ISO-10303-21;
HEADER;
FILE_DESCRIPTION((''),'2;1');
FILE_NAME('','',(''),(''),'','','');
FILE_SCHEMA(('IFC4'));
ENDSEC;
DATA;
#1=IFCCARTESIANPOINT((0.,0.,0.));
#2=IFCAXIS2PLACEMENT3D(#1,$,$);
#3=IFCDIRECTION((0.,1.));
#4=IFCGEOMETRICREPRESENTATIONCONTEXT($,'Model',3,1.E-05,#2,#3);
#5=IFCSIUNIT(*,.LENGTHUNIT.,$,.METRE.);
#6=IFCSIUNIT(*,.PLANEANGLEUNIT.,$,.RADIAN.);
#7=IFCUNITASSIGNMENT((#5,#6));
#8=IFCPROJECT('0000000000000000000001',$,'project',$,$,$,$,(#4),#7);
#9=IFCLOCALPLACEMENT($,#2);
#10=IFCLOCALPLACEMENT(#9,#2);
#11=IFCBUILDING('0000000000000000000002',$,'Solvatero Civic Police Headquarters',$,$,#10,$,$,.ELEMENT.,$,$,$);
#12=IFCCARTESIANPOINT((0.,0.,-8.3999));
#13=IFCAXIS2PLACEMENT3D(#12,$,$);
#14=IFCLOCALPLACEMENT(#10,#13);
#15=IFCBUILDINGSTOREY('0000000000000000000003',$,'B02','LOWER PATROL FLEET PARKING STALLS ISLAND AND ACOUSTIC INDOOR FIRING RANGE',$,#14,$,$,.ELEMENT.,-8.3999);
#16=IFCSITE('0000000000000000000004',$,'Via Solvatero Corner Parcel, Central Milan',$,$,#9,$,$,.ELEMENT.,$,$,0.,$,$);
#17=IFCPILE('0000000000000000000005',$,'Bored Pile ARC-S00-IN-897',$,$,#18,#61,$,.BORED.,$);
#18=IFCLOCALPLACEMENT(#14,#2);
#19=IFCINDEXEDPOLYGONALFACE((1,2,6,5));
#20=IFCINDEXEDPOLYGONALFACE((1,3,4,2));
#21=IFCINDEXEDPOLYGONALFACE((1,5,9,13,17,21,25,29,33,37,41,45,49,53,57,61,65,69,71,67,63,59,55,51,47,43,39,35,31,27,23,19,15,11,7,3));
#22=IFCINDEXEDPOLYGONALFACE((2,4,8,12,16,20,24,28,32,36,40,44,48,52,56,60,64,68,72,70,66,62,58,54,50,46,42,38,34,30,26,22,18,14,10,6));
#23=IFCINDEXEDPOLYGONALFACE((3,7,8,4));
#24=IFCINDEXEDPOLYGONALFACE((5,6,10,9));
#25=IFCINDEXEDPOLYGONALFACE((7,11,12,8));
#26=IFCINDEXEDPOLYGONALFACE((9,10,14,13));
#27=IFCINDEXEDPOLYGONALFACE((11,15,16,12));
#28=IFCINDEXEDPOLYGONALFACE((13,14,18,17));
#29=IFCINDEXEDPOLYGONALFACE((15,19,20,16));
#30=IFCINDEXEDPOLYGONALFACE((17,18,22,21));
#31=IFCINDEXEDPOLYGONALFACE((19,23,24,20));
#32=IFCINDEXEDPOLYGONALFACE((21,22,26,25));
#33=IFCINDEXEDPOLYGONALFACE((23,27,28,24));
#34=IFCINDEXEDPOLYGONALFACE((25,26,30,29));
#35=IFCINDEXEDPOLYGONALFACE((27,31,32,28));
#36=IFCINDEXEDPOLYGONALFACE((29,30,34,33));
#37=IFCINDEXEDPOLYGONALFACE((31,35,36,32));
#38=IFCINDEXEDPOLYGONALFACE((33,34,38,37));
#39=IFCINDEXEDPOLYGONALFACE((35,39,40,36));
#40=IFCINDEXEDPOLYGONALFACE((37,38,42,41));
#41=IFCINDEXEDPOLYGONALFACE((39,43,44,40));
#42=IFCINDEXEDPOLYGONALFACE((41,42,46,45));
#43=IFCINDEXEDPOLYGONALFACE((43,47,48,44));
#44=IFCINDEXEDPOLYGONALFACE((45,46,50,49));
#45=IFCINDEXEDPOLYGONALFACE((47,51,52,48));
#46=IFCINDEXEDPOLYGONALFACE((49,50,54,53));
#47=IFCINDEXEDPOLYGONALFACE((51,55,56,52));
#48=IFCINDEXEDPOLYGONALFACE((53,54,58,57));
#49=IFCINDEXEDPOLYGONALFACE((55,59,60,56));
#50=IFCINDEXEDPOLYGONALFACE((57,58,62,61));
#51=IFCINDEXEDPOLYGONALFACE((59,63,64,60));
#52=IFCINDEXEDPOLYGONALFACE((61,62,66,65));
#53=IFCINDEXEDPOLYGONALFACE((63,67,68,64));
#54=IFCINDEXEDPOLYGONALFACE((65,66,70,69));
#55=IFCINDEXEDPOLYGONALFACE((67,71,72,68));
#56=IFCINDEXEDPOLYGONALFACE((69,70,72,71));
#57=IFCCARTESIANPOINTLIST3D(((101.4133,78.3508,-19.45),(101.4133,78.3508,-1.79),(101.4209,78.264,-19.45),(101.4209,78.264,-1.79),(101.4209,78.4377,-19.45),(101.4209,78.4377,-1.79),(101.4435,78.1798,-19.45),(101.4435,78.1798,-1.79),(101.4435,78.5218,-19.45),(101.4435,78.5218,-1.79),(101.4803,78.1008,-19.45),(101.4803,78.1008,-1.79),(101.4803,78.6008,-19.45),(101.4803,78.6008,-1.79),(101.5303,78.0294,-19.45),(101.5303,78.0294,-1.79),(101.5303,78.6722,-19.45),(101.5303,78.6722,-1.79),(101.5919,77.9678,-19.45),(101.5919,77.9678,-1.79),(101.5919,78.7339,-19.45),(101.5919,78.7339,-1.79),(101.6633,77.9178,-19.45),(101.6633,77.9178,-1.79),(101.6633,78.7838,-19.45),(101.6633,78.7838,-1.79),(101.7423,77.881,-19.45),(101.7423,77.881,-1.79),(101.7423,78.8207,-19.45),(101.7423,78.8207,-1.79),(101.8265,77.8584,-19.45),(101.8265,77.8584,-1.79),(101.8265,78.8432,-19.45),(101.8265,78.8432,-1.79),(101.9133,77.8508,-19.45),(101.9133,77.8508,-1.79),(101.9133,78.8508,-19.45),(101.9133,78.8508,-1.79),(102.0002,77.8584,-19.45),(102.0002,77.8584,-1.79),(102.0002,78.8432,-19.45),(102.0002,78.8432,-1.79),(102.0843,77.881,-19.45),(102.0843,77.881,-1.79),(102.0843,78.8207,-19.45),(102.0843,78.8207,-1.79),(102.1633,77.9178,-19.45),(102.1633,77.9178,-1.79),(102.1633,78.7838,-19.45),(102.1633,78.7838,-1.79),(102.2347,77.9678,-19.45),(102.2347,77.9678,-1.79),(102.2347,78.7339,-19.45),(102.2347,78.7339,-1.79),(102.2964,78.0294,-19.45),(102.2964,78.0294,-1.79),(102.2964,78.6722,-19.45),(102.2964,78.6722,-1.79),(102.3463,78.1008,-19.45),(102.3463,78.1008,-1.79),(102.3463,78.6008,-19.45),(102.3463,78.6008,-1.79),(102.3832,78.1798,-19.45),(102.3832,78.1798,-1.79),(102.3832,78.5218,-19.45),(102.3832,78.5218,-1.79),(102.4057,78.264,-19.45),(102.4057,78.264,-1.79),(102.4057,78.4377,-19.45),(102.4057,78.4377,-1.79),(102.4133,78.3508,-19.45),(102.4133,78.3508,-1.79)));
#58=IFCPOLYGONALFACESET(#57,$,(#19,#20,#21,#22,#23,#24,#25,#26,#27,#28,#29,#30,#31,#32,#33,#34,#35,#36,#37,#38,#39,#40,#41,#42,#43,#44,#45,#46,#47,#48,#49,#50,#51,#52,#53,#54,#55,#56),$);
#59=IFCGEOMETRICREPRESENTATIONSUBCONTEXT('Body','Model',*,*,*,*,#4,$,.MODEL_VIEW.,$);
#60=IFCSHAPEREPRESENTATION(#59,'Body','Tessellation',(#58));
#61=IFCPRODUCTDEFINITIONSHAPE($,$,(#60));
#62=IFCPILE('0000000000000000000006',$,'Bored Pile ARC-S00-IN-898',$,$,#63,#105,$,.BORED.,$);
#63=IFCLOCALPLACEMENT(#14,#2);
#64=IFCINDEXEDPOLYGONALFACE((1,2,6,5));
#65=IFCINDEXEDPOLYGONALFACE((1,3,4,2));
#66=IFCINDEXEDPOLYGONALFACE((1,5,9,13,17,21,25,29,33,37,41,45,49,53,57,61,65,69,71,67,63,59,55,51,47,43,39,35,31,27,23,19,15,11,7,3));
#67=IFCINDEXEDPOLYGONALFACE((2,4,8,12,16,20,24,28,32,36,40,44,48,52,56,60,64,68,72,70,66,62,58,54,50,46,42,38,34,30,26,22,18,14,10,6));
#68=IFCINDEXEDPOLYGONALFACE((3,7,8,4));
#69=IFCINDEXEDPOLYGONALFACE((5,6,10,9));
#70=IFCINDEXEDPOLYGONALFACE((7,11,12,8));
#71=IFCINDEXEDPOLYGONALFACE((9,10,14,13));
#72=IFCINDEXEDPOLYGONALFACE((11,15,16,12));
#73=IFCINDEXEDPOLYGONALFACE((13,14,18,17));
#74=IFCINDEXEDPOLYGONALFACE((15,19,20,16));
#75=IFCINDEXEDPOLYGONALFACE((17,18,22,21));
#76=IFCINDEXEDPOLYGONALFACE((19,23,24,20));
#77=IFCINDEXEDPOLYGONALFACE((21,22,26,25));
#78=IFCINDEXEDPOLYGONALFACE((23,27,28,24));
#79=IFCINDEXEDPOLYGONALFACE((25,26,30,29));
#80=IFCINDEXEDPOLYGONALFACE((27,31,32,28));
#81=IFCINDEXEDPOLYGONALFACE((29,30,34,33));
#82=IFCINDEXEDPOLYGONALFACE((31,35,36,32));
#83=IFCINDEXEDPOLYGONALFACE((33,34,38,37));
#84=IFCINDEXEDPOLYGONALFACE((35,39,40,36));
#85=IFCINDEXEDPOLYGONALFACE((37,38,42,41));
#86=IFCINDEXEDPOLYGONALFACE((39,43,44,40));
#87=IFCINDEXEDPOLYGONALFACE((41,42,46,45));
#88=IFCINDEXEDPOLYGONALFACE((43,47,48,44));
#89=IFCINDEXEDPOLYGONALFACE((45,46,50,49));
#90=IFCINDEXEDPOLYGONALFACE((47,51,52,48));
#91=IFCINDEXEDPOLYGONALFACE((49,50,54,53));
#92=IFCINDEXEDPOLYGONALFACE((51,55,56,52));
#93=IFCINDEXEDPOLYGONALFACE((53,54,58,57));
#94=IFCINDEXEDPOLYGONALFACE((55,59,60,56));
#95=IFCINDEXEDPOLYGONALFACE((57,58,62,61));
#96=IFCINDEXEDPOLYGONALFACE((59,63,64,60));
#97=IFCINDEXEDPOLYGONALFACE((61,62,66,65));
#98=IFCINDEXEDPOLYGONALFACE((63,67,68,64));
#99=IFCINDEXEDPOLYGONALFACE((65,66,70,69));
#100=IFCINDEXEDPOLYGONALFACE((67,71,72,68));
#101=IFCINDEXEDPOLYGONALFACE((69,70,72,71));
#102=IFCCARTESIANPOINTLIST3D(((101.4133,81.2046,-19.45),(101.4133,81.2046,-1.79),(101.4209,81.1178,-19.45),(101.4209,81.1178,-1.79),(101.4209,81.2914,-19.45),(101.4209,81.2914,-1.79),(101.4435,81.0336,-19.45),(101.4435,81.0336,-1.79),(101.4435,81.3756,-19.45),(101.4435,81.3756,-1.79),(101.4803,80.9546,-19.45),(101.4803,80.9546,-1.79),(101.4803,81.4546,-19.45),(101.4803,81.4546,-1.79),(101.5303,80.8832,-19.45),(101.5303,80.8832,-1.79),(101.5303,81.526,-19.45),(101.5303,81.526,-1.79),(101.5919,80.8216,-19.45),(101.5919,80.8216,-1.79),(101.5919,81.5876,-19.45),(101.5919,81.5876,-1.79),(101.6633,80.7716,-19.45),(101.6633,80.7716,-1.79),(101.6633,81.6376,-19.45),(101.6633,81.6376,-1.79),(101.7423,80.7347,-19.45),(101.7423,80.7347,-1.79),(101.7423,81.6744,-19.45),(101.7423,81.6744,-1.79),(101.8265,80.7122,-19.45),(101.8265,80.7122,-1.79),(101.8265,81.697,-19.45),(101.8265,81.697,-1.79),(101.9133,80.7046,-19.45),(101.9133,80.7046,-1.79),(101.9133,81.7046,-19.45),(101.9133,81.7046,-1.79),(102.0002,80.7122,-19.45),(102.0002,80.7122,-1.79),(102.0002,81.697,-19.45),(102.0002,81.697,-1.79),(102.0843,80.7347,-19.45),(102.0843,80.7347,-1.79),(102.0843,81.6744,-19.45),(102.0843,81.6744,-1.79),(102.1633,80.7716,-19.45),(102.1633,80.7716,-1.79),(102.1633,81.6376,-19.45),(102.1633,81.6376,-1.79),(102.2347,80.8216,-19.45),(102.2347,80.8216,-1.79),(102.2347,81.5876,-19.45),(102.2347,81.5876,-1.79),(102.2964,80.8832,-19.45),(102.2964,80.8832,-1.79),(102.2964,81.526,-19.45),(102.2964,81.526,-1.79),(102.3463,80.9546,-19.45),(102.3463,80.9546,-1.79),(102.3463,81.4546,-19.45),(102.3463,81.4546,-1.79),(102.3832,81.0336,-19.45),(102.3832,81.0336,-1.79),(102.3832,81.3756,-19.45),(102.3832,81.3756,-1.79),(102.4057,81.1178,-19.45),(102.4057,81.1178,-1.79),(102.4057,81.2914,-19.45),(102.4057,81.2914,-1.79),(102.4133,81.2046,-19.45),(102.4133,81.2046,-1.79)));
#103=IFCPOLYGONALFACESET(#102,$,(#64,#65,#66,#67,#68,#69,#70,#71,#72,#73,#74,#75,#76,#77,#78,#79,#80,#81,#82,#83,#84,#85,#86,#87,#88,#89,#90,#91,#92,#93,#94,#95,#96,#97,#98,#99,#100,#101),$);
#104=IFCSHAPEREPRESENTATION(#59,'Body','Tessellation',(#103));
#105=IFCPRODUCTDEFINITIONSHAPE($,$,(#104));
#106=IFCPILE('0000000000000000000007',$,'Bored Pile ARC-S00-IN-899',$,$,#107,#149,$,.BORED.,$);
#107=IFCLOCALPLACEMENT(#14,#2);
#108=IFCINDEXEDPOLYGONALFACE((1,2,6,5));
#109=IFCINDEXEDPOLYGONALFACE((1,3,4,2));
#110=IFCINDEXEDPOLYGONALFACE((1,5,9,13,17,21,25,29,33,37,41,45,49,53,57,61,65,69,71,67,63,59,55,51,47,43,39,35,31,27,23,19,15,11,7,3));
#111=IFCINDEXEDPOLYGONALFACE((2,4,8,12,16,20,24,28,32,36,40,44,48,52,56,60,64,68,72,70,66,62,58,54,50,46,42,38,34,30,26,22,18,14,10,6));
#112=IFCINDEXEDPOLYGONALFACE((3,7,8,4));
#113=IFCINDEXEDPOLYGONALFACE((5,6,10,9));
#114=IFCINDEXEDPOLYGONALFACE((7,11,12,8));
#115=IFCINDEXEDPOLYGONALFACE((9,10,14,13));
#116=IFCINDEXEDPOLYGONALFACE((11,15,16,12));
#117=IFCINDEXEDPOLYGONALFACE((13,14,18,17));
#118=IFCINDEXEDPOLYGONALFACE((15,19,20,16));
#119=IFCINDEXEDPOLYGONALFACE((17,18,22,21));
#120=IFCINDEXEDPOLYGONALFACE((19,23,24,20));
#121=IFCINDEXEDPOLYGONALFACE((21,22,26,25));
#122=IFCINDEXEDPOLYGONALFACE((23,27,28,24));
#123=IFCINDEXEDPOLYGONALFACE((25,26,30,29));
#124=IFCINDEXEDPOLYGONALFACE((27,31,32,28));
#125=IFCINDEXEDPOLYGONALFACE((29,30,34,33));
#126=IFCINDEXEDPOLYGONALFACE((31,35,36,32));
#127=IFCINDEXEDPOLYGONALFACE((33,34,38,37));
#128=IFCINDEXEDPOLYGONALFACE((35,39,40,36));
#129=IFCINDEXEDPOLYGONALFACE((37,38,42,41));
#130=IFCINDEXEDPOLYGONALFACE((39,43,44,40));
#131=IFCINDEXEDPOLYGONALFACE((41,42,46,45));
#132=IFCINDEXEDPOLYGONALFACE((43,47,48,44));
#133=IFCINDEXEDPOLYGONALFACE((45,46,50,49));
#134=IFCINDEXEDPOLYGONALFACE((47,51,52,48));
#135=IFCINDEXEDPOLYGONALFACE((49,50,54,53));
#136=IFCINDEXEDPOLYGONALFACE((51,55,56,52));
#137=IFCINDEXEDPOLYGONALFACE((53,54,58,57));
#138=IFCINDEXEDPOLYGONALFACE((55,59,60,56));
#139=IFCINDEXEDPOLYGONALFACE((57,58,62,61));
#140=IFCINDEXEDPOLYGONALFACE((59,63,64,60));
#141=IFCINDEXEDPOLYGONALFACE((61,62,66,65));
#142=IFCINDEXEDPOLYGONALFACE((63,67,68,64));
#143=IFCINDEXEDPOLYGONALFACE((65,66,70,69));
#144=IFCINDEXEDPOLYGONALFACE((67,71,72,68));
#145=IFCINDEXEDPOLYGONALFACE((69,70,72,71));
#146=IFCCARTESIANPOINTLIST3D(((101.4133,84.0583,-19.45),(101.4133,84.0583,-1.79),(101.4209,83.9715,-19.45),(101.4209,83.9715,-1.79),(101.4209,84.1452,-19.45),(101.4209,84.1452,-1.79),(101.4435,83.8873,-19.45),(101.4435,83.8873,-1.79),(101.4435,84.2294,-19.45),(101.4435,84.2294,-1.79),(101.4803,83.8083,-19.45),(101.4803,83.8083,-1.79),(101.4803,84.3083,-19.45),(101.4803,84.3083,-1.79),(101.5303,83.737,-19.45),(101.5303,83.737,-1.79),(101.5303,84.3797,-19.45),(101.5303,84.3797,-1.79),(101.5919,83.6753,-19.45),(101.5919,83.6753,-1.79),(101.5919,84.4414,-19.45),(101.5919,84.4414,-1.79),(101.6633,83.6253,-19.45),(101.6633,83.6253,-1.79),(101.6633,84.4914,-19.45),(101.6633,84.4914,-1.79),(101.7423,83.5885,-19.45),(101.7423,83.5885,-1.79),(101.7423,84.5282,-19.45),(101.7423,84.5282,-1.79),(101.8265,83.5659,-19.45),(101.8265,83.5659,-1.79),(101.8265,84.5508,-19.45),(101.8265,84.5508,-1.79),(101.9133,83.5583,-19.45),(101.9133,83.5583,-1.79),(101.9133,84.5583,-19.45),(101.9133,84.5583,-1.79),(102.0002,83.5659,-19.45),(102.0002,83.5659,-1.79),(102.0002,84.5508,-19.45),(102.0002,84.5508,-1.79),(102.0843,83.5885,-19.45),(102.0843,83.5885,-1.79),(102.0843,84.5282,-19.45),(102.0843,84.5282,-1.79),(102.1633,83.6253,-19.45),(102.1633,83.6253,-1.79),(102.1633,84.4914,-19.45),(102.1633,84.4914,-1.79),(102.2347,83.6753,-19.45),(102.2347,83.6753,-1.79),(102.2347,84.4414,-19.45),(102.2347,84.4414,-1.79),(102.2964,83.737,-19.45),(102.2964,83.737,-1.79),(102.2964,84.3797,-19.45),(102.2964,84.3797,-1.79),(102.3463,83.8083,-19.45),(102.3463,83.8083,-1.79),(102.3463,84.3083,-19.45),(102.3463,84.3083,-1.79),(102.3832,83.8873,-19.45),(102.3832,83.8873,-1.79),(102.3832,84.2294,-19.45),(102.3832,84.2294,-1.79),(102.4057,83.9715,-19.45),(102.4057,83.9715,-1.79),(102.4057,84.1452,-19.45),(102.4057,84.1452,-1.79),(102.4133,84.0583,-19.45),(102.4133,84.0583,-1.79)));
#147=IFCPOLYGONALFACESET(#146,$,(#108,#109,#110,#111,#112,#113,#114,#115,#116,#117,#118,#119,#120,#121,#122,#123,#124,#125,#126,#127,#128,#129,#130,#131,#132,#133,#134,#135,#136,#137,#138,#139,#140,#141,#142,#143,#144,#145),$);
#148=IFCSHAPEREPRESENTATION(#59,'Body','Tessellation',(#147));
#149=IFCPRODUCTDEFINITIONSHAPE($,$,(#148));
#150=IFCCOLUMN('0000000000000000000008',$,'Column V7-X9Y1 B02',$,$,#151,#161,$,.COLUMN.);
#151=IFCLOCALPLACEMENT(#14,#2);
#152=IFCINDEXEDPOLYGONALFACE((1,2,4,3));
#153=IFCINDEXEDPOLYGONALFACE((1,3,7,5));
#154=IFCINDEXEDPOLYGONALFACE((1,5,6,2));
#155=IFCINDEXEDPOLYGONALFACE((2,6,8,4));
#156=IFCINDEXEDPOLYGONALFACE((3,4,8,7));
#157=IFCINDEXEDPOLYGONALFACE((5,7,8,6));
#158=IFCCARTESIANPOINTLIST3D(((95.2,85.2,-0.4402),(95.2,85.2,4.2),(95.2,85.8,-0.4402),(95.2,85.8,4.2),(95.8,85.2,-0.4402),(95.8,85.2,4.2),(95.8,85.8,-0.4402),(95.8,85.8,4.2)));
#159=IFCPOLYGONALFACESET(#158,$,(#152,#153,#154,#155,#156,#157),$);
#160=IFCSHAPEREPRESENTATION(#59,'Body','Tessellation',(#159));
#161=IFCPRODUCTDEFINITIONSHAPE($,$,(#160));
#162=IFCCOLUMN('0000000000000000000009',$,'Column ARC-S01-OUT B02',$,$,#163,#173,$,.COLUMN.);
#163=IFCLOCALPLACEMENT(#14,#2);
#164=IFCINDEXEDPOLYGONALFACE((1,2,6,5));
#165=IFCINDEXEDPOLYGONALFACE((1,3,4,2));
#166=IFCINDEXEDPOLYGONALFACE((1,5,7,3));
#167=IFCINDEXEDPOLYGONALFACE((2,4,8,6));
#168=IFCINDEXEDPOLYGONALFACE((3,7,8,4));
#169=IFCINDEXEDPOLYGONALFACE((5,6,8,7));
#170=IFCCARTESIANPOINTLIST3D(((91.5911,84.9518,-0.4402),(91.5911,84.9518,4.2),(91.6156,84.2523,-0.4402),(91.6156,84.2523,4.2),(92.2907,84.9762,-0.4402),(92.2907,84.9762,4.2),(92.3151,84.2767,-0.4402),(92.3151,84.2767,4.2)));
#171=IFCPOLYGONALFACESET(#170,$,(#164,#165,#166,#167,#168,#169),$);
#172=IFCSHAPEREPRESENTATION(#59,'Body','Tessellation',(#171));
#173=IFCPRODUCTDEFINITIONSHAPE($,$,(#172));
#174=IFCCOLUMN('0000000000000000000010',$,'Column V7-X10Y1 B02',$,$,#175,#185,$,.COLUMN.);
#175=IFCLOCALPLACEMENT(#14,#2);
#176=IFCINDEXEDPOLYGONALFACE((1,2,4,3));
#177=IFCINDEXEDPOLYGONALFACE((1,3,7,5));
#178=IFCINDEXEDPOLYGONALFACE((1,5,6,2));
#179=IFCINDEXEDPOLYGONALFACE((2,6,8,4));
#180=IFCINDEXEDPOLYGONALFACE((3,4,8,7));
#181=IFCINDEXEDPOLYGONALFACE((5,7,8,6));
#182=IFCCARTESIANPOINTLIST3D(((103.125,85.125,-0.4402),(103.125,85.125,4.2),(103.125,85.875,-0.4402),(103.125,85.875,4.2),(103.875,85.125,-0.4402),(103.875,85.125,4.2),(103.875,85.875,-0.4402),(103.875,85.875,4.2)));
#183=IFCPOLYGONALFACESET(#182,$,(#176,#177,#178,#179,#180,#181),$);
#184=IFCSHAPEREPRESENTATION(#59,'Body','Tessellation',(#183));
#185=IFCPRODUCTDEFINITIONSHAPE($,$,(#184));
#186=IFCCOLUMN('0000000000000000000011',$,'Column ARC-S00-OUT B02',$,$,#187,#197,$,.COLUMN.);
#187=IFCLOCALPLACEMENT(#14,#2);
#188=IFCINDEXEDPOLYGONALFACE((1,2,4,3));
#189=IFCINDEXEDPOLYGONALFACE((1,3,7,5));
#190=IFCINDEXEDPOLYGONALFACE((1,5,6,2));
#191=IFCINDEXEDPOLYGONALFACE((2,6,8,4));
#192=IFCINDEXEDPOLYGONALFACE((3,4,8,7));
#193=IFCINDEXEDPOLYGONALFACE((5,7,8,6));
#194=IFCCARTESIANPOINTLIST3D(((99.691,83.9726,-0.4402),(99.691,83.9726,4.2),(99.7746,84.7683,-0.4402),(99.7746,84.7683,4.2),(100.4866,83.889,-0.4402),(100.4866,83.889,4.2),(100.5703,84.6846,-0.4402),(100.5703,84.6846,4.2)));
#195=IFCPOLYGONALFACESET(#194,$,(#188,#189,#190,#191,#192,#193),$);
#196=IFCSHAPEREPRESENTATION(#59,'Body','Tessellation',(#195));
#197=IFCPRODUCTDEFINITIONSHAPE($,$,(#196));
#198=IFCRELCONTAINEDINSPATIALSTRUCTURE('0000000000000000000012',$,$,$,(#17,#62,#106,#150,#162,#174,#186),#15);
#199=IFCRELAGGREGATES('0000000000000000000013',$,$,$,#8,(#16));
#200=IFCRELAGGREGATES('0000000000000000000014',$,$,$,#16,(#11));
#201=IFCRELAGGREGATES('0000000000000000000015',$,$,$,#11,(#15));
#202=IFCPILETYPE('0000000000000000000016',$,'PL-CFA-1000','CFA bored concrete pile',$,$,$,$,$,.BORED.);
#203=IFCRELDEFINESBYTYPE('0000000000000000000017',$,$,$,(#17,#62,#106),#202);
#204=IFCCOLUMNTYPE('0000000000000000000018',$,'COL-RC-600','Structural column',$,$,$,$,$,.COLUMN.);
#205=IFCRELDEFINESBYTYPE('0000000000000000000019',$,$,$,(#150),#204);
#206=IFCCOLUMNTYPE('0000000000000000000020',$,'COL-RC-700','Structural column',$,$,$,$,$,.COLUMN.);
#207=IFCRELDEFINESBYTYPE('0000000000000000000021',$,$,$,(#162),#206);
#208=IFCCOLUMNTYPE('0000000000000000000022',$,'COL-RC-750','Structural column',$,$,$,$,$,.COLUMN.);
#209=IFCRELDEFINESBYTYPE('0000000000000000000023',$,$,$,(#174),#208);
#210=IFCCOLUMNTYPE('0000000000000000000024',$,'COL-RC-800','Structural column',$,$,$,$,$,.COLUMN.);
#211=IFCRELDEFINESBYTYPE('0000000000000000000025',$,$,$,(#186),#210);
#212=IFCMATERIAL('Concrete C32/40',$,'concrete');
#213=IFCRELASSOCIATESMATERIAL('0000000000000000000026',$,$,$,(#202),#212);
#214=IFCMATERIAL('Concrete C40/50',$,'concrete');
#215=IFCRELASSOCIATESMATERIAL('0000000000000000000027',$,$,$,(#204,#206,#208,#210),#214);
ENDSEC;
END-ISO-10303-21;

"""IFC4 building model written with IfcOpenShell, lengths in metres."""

from ifc_helpers import new_model, si_unit, direction, frame, origin, origin_2d, place, context, subcontext, project, spatial, rectangle, circle, extrude, material, material_profile, profile_set, type_object, element, save


model = new_model("IFC4")

# Units and contexts
model_context = context("Model", 3, precision=1e-05, world=origin(), true_north=direction((0.0, 1.0)))
body_context = subcontext(model_context, "Body", "Model", "MODEL_VIEW")
ifc_project = project(units=[si_unit("LENGTHUNIT", "METRE"), si_unit("PLANEANGLEUNIT", "RADIAN")], contexts=[model_context])

# Site, building, storey
site_placement = place(None, origin())
site = spatial("IfcSite", under=ifc_project, at=site_placement, Name="Via Solvatero Corner Parcel, Central Milan", CompositionType="ELEMENT", RefElevation=0.0)
building_placement = place(site_placement, origin())
building = spatial("IfcBuilding", under=site, at=building_placement, Name="Solvatero Civic Police Headquarters", CompositionType="ELEMENT")
storey_placement = place(building_placement, frame((0.0, 0.0, -8.3999)))
storey = spatial("IfcBuildingStorey", under=building, at=storey_placement, Name="B02", Description="LOWER PATROL FLEET PARKING STALLS ISLAND AND ACOUSTIC INDOOR FIRING RANGE", CompositionType="ELEMENT", Elevation=-8.3999)

# Piles
ifc_material_1 = material(Name="Concrete C32/40", Category="concrete")
ifc_material_profile_1 = material_profile(ifc_material_1, circle(Radius=0.5, at=origin_2d()), Name="CFA PILE D1000")
ifc_profile_set_1 = profile_set([ifc_material_profile_1], Name="Concrete C32/40")
pile_type = type_object("IfcPileType", Name="PL-CFA-1000", Description="CFA bored concrete pile", PredefinedType="BORED", material=ifc_profile_set_1)
for number, where, z_axis, x_axis, name in (
    (1, (101.9133, 78.3508, -1.79), (0.0, 0.0, -1.0), (1.0, 0.0, 0.0), "Bored Pile ARC-S00-IN-897"),
    (2, (101.9133, 81.2046, -1.79), (0.0, 0.0, -1.0), (1.0, 0.0, 0.0), "Bored Pile ARC-S00-IN-898"),
    (3, (101.9133, 84.0583, -1.79), (0.0, 0.0, -1.0), (1.0, 0.0, 0.0), "Bored Pile ARC-S00-IN-899"),
):
    element("IfcPile", number, at=place(storey_placement, frame(where, z_axis=z_axis, x_axis=x_axis)), inside=storey, type_object=pile_type, Name=name, PredefinedType="BORED", context=body_context, shape_type="SweptSolid", body=[
        extrude(circle(Radius=0.5, at=origin_2d()), origin(), (0.0, 0.0, 1.0), 17.6599),
    ])

# Columns
ifc_material_2 = material(Name="Concrete C40/50", Category="concrete")
ifc_material_profile_2 = material_profile(ifc_material_2, rectangle(XDim=0.6001, YDim=0.6001, at=origin_2d()), Name="RC 600x600")
ifc_profile_set_2 = profile_set([ifc_material_profile_2], Name="Concrete C40/50")
column_type_1 = type_object("IfcColumnType", Name="COL-RC-600", Description="Structural column", PredefinedType="COLUMN", material=ifc_profile_set_2)
column_1_placement = place(storey_placement, frame((95.5, 85.5, -0.4402), z_axis=(0.0, 0.0, 1.0), x_axis=(1.0, 0.0, 0.0)))
element("IfcColumn", 4, at=column_1_placement, inside=storey, type_object=column_type_1, Name="Column V7-X9Y1 B02", PredefinedType="COLUMN", context=body_context, shape_type="SweptSolid", body=[
    extrude(rectangle(XDim=0.6001, YDim=0.6001, at=origin_2d()), origin(), (0.0, 0.0, 1.0), 4.6401),
])
ifc_material_profile_3 = material_profile(ifc_material_2, rectangle(XDim=0.7, YDim=0.7, at=origin_2d()), Name="RC 700x700")
ifc_profile_set_3 = profile_set([ifc_material_profile_3], Name="Concrete C40/50")
column_type_2 = type_object("IfcColumnType", Name="COL-RC-700", Description="Structural column", PredefinedType="COLUMN", material=ifc_profile_set_3)
column_2_placement = place(storey_placement, frame((91.9531, 84.6143, -0.4402), z_axis=(0.0, 0.0, 1.0), x_axis=(0.999391, 0.034899, 0.0)))
element("IfcColumn", 5, at=column_2_placement, inside=storey, type_object=column_type_2, Name="Column ARC-S01-OUT B02", PredefinedType="COLUMN", context=body_context, shape_type="SweptSolid", body=[
    extrude(rectangle(XDim=0.7, YDim=0.7, at=origin_2d()), origin(), (0.0, 0.0, 1.0), 4.6401),
])
ifc_material_profile_4 = material_profile(ifc_material_2, rectangle(XDim=0.75, YDim=0.75, at=origin_2d()), Name="RC 750x750")
ifc_profile_set_4 = profile_set([ifc_material_profile_4], Name="Concrete C40/50")
column_type_3 = type_object("IfcColumnType", Name="COL-RC-750", Description="Structural column", PredefinedType="COLUMN", material=ifc_profile_set_4)
column_3_placement = place(storey_placement, frame((103.5, 85.5, -0.4402), z_axis=(0.0, 0.0, 1.0), x_axis=(1.0, 0.0, 0.0)))
element("IfcColumn", 6, at=column_3_placement, inside=storey, type_object=column_type_3, Name="Column V7-X10Y1 B02", PredefinedType="COLUMN", context=body_context, shape_type="SweptSolid", body=[
    extrude(rectangle(XDim=0.75, YDim=0.75, at=origin_2d()), origin(), (0.0, 0.0, 1.0), 4.6401),
])
ifc_material_profile_5 = material_profile(ifc_material_2, rectangle(XDim=0.8, YDim=0.8, at=origin_2d()), Name="RC 800x800")
ifc_profile_set_5 = profile_set([ifc_material_profile_5], Name="Concrete C40/50")
column_type_4 = type_object("IfcColumnType", Name="COL-RC-800", Description="Structural column", PredefinedType="COLUMN", material=ifc_profile_set_5)
column_4_placement = place(storey_placement, frame((100.1306, 84.3286, -0.4402), z_axis=(0.0, 0.0, 1.0), x_axis=(0.994522, -0.104528, 0.0)))
element("IfcColumn", 7, at=column_4_placement, inside=storey, type_object=column_type_4, Name="Column ARC-S00-OUT B02", PredefinedType="COLUMN", context=body_context, shape_type="SweptSolid", body=[
    extrude(rectangle(XDim=0.8, YDim=0.8, at=origin_2d()), origin(), (0.0, 0.0, 1.0), 4.6401),
])

save(model, "model.ifc")
